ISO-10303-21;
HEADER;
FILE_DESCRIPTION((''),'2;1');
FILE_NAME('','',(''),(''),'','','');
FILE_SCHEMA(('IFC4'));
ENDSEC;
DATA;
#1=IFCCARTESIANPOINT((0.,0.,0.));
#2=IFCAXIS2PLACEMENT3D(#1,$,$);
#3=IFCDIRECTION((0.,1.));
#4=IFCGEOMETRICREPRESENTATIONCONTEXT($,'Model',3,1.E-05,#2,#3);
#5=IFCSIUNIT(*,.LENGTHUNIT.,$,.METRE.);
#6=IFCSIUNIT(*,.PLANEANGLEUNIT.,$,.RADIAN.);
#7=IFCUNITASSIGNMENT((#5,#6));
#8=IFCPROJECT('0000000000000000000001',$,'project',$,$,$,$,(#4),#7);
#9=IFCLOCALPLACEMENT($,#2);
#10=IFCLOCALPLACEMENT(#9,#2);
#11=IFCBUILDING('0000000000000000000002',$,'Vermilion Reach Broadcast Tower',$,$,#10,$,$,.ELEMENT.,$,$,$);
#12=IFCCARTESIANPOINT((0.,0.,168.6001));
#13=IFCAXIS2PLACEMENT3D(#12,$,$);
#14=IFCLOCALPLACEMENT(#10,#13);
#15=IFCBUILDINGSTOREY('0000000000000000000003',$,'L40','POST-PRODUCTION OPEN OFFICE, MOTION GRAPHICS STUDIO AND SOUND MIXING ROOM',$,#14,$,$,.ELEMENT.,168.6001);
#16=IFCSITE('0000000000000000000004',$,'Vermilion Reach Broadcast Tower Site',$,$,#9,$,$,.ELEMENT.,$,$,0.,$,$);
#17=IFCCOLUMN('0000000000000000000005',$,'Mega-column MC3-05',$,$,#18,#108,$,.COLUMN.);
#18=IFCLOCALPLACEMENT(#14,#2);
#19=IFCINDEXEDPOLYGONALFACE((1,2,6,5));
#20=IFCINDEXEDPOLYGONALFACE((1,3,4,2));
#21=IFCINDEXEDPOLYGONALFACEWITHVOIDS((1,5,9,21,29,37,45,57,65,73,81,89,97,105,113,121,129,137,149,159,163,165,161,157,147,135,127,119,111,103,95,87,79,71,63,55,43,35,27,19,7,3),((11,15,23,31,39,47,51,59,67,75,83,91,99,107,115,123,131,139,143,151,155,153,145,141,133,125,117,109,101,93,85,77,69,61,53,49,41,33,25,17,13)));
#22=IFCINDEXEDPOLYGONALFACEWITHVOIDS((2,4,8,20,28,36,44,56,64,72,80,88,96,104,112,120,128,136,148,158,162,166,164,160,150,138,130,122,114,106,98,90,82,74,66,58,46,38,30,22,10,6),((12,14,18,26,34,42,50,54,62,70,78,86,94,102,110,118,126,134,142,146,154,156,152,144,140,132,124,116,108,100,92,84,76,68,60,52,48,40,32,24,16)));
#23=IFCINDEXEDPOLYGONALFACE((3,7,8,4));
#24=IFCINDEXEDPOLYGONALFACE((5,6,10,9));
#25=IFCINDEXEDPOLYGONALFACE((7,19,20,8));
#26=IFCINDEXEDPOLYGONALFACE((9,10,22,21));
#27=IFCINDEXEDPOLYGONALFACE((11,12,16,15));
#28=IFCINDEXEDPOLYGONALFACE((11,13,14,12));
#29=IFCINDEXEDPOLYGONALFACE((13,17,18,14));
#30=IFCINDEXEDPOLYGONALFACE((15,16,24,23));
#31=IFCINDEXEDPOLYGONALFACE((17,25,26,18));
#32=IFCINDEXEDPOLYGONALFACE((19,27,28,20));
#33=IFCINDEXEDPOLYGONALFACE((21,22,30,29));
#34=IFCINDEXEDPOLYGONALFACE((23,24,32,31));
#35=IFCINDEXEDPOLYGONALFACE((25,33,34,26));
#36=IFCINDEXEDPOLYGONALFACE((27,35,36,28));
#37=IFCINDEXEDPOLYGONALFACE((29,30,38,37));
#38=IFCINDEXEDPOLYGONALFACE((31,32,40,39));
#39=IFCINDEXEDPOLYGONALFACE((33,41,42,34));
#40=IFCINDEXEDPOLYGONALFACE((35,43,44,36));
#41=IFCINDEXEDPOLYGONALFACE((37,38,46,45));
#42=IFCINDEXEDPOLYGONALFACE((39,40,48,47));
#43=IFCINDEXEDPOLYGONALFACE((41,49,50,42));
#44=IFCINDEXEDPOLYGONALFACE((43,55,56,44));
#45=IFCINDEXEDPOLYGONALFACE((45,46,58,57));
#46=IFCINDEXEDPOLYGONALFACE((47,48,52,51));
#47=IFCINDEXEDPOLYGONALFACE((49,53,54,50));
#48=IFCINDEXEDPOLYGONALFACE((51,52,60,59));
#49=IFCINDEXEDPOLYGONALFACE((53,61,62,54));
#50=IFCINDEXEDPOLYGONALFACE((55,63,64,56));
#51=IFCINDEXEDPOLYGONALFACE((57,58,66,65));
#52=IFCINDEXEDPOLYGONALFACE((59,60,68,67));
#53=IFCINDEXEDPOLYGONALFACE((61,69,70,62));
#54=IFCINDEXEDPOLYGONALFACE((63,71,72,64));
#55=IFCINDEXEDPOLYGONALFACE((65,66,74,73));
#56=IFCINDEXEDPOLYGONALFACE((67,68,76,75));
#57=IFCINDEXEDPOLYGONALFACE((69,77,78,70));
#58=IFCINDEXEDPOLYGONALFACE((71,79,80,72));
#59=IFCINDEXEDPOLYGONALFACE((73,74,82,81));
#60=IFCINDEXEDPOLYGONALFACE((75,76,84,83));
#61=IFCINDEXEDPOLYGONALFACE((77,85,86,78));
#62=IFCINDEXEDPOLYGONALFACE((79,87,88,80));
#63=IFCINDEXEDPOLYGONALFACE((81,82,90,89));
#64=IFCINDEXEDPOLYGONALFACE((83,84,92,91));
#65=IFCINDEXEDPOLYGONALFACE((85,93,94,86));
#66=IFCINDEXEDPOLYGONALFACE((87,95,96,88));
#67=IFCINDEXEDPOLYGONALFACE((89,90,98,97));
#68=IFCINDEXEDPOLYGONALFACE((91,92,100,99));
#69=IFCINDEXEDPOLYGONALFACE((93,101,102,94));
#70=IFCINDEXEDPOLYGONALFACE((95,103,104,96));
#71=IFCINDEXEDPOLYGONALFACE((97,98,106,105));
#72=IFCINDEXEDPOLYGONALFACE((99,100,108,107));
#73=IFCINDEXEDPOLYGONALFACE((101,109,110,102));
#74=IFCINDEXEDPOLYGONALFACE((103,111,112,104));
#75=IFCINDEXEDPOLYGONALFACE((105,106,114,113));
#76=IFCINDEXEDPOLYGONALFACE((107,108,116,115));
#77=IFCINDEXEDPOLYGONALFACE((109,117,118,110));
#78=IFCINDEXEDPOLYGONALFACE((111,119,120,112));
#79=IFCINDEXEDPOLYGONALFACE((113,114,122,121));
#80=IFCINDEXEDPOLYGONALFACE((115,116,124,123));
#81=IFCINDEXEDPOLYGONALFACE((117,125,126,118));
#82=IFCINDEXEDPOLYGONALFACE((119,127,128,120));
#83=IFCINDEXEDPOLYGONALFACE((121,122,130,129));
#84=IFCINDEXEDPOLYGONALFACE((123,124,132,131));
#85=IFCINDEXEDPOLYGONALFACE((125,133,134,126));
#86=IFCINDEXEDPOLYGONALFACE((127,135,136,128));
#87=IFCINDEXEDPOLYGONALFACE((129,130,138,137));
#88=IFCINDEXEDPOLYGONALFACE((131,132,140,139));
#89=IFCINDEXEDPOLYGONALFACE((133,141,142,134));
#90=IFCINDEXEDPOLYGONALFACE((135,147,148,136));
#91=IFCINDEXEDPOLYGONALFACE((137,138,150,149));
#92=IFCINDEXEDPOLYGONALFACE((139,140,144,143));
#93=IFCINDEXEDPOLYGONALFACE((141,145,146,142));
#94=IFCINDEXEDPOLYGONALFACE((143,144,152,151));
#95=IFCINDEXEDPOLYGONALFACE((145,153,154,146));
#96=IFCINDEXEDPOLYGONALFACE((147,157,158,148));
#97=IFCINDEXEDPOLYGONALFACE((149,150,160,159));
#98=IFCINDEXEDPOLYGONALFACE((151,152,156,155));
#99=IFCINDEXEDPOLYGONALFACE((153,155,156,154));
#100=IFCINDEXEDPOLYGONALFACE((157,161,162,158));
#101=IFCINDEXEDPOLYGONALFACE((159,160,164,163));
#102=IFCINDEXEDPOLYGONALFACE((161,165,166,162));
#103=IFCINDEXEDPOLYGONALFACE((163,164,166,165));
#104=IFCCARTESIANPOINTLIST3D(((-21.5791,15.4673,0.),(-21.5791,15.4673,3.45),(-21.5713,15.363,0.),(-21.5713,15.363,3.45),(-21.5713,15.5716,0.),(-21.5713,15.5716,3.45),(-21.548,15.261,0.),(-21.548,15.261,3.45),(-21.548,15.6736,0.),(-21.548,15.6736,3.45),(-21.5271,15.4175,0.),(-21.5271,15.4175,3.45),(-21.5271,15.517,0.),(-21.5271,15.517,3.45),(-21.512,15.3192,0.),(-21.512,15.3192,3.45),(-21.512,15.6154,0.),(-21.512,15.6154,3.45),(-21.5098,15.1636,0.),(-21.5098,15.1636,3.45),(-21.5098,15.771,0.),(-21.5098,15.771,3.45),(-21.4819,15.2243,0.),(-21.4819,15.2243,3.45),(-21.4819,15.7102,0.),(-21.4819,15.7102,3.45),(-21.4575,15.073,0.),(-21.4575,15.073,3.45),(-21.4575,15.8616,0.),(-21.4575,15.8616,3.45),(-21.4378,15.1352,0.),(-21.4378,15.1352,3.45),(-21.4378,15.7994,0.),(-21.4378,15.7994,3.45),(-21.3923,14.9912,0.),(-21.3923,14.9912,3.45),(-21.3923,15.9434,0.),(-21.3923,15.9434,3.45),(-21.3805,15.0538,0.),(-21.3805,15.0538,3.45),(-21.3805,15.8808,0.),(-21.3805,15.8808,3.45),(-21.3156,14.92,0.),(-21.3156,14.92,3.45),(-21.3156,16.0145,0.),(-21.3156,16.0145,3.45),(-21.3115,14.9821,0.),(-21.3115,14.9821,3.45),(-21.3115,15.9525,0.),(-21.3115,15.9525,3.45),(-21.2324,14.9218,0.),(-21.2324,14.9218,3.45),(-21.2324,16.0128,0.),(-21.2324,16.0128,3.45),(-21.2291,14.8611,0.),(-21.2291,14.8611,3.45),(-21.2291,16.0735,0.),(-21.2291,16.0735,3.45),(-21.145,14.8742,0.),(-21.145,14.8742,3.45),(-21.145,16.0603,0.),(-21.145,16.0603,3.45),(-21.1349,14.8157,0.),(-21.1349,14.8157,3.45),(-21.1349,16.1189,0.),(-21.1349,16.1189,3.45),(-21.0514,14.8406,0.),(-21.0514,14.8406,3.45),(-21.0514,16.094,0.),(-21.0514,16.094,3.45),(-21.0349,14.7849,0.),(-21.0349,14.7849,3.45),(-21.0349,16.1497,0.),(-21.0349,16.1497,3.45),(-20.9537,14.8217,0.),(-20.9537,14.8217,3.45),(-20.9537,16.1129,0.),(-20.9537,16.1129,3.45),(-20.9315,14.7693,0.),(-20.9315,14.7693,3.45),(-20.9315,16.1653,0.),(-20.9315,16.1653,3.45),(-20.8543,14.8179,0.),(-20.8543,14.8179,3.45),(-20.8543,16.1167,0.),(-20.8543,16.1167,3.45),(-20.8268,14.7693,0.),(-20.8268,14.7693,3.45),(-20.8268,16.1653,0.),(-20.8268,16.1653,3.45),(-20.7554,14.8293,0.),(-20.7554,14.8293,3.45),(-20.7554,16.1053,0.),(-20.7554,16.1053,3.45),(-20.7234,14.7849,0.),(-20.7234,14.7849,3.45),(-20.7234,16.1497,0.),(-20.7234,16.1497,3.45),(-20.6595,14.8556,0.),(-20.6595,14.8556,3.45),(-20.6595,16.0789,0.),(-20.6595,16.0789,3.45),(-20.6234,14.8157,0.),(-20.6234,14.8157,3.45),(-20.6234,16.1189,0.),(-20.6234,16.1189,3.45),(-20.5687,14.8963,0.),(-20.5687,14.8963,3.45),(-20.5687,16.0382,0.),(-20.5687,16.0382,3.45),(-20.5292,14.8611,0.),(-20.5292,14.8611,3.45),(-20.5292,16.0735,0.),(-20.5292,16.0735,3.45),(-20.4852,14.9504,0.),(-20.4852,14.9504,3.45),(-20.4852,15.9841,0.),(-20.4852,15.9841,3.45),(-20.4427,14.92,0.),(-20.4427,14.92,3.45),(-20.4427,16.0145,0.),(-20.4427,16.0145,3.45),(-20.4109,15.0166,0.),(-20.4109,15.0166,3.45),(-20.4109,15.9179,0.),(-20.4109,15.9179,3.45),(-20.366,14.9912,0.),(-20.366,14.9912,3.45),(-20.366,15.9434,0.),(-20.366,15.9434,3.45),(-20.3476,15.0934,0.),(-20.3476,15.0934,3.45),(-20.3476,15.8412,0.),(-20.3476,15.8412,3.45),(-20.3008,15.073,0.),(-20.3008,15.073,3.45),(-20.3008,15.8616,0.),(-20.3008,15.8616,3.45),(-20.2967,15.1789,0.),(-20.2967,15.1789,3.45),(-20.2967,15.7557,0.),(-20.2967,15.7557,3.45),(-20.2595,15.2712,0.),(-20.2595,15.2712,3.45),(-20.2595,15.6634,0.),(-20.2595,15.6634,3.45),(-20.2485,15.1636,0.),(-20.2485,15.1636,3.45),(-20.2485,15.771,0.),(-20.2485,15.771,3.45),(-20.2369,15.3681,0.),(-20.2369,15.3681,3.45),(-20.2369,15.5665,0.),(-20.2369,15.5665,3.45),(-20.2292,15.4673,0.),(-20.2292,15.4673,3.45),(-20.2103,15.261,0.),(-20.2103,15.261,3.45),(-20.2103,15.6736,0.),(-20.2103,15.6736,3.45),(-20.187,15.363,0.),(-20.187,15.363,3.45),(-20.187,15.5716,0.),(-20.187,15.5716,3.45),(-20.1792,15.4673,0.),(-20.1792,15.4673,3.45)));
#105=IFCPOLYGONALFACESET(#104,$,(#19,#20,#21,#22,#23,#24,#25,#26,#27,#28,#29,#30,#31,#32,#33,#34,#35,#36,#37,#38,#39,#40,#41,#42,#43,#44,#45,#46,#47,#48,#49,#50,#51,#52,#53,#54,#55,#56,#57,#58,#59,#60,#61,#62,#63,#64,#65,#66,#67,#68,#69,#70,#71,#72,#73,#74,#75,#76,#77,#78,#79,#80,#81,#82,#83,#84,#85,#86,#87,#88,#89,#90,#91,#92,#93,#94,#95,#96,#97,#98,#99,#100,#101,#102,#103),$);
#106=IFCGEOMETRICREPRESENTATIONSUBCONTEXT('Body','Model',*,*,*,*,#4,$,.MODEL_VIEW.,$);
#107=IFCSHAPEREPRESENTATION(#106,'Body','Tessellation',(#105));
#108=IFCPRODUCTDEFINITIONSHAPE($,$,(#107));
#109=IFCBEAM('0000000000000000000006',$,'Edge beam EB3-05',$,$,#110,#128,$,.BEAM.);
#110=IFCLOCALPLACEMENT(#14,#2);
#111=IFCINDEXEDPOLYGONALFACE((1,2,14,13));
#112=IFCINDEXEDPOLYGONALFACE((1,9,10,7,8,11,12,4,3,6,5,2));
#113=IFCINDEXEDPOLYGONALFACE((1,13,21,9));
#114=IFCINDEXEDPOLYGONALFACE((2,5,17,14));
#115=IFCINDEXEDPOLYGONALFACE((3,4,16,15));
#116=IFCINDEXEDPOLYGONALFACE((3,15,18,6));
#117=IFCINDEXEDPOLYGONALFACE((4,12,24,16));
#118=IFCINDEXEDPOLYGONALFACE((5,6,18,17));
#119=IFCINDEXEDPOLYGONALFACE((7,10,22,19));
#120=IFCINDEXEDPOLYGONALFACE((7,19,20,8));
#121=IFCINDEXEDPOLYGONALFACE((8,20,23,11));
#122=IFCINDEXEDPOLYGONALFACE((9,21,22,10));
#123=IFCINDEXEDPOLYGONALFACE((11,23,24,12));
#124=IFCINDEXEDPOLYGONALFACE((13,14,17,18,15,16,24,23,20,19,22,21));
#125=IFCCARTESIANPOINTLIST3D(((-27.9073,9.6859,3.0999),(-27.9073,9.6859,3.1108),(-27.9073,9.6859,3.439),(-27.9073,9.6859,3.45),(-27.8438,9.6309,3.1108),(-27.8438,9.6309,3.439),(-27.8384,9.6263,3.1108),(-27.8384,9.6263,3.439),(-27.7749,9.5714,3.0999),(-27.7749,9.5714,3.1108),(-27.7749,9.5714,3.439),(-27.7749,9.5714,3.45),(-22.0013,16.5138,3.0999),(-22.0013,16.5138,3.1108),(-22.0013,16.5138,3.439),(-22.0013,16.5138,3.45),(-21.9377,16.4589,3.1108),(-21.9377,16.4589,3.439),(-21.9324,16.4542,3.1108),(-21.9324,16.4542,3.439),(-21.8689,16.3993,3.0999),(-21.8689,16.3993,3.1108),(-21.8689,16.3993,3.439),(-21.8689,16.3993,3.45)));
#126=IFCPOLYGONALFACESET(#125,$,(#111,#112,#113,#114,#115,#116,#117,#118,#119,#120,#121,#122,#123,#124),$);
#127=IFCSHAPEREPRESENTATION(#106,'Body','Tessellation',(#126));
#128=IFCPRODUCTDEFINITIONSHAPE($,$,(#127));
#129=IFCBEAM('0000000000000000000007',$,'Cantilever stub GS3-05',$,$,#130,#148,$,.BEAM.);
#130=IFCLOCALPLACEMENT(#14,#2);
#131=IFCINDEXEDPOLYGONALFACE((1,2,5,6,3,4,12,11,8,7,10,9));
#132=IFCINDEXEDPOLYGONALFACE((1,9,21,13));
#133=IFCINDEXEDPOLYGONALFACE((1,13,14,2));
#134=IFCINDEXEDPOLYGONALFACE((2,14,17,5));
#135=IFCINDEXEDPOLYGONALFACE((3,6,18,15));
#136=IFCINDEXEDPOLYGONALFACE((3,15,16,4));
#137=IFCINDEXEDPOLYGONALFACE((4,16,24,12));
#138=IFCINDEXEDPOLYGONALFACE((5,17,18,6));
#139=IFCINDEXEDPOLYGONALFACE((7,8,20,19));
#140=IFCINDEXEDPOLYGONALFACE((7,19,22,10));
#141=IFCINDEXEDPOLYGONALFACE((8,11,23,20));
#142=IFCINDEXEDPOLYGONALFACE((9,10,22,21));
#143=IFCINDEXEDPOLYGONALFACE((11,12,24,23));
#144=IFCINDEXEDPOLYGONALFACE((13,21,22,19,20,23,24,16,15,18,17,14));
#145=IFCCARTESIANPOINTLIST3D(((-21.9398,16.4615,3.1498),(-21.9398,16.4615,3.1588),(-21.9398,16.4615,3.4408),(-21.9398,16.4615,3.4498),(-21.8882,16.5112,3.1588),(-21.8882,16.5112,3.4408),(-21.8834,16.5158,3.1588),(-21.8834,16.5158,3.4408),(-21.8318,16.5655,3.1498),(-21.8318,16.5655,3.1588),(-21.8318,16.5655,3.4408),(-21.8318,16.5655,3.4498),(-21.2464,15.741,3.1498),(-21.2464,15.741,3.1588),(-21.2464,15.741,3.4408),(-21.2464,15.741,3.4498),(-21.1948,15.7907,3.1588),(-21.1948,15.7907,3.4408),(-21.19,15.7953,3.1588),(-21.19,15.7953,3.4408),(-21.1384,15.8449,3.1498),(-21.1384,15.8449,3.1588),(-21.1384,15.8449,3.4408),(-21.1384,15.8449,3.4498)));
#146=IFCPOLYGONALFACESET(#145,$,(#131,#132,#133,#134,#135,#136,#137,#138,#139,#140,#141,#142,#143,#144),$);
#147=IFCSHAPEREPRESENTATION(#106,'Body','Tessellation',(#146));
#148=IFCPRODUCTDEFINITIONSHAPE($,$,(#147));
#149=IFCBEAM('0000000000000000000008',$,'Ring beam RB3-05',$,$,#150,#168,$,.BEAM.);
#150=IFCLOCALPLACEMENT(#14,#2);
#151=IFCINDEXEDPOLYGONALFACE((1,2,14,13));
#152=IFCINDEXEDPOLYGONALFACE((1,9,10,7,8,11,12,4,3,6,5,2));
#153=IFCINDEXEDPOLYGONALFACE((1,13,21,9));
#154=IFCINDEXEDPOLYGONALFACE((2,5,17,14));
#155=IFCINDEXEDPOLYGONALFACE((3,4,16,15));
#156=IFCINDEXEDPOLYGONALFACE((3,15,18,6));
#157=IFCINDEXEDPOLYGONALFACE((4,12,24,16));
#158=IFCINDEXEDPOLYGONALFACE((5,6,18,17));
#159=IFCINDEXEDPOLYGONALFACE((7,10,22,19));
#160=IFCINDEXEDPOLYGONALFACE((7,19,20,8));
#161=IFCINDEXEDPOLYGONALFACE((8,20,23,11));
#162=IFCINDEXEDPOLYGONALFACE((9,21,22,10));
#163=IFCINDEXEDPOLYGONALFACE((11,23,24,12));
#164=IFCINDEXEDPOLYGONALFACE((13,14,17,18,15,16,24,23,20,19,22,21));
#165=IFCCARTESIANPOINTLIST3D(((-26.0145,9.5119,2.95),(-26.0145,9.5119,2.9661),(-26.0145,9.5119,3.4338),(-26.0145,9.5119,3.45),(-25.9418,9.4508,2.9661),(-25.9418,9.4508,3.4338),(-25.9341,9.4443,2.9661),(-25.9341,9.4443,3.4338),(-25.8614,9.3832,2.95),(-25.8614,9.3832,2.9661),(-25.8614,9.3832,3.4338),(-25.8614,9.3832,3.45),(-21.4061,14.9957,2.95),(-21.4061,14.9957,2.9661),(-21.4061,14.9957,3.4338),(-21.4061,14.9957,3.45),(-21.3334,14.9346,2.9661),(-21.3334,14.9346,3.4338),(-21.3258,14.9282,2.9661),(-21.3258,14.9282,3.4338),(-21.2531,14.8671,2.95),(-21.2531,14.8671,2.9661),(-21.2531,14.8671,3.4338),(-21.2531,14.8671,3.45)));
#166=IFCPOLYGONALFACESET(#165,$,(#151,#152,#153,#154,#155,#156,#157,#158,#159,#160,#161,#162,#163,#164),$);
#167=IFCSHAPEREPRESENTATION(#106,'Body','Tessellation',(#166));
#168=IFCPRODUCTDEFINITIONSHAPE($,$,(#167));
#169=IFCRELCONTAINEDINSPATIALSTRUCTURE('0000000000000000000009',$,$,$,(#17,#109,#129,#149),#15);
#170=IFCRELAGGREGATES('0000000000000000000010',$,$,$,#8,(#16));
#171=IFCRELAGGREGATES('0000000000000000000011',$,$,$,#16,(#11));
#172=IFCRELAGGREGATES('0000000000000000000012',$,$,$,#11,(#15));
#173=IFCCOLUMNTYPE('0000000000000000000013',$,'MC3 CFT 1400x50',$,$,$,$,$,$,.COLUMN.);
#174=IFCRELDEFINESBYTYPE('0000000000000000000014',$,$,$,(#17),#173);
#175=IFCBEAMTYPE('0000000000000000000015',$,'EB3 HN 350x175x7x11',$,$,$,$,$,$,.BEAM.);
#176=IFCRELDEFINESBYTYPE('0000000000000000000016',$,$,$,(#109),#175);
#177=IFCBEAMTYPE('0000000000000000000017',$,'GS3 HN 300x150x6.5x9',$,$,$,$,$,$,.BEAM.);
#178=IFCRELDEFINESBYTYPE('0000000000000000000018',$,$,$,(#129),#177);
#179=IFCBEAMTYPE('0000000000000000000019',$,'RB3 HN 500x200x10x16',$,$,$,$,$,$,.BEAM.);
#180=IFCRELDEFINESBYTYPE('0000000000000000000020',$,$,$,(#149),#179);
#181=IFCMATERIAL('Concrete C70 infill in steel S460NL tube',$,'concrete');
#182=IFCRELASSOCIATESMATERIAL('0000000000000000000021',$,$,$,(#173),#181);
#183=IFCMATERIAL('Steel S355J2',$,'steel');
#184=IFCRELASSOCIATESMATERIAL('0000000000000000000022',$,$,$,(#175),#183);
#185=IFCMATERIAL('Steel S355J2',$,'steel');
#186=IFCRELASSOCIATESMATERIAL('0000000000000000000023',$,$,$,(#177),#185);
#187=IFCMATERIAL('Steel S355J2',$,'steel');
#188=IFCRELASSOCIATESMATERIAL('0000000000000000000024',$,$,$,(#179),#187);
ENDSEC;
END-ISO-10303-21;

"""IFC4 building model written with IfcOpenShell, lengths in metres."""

from ifc_helpers import new_model, si_unit, direction, frame, origin, origin_2d, place, context, subcontext, project, spatial, hollow_circle, i_section, extrude, material, material_profile, profile_set, type_object, element, save


model = new_model("IFC4")

# Units and contexts
model_context = context("Model", 3, precision=1e-05, world=origin(), true_north=direction((0.0, 1.0)))
body_context = subcontext(model_context, "Body", "Model", "MODEL_VIEW")
ifc_project = project(units=[si_unit("LENGTHUNIT", "METRE"), si_unit("PLANEANGLEUNIT", "RADIAN")], contexts=[model_context])

# Site, building, storey
site_placement = place(None, origin())
site = spatial("IfcSite", under=ifc_project, at=site_placement, Name="Vermilion Reach Broadcast Tower Site", CompositionType="ELEMENT", RefElevation=0.0)
building_placement = place(site_placement, origin())
building = spatial("IfcBuilding", under=site, at=building_placement, Name="Vermilion Reach Broadcast Tower", CompositionType="ELEMENT")
storey_placement = place(building_placement, frame((0.0, 0.0, 168.6001)))
storey = spatial("IfcBuildingStorey", under=building, at=storey_placement, Name="L40", Description="POST-PRODUCTION OPEN OFFICE, MOTION GRAPHICS STUDIO AND SOUND MIXING ROOM", CompositionType="ELEMENT", Elevation=168.6001)

# Column
ifc_material_1 = material(Name="Concrete C70 infill in steel S460NL tube", Category="concrete")
ifc_material_profile_1 = material_profile(ifc_material_1, hollow_circle(Radius=0.7, WallThickness=0.05, at=origin_2d()), Name="Concrete C70 infill in steel S460NL tube CFT 1400x50")
ifc_profile_set_1 = profile_set([ifc_material_profile_1], Name="Concrete C70 infill in steel S460NL tube")
column_type = type_object("IfcColumnType", Name="MC3 CFT 1400x50", PredefinedType="COLUMN", material=ifc_profile_set_1)
column_placement = place(storey_placement, frame((-20.8792, 15.4673, 0.0), z_axis=(0.0, 0.0, 1.0), x_axis=(1.0, 0.0, 0.0)))
element("IfcColumn", 1, at=column_placement, inside=storey, type_object=column_type, Name="Mega-column MC3-05", PredefinedType="COLUMN", context=body_context, shape_type="SweptSolid", body=[
    extrude(hollow_circle(Radius=0.7, WallThickness=0.05, at=origin_2d()), origin(), (0.0, 0.0, 1.0), 3.45),
])

# Beams
ifc_material_2 = material(Name="Steel S355J2", Category="steel")
ifc_material_profile_2 = material_profile(ifc_material_2, i_section(OverallWidth=0.175, OverallDepth=0.3501, WebThickness=0.0071, FlangeThickness=0.011, at=origin_2d()), Name="S355J2 HN 350x175x7x11")
ifc_profile_set_2 = profile_set([ifc_material_profile_2], Name="Steel S355J2")
beam_type_1 = type_object("IfcBeamType", Name="EB3 HN 350x175x7x11", PredefinedType="BEAM", material=ifc_profile_set_2)
beam_1_placement = place(storey_placement, frame((-21.9351, 16.4565, 3.2749), z_axis=(-0.654203, -0.756319, 0.0), x_axis=(0.756319, -0.654203, 0.0)))
element("IfcBeam", 2, at=beam_1_placement, inside=storey, type_object=beam_type_1, Name="Edge beam EB3-05", PredefinedType="BEAM", context=body_context, shape_type="SweptSolid", body=[
    extrude(i_section(OverallWidth=0.175, OverallDepth=0.3501, WebThickness=0.0071, FlangeThickness=0.011, at=origin_2d()), origin(), (0.0, 0.0, 1.0), 9.0278),
])
ifc_material_3 = material(Name="Steel S355J2", Category="steel")
ifc_material_profile_3 = material_profile(ifc_material_3, i_section(OverallWidth=0.1499, OverallDepth=0.3, WebThickness=0.0066, FlangeThickness=0.009, at=origin_2d()), Name="S355J2 HN 300x150x6.5x9")
ifc_profile_set_3 = profile_set([ifc_material_profile_3], Name="Steel S355J2")
beam_type_2 = type_object("IfcBeamType", Name="GS3 HN 300x150x6.5x9", PredefinedType="BEAM", material=ifc_profile_set_3)
beam_2_placement = place(storey_placement, frame((-21.1924, 15.793, 3.2998), z_axis=(-0.693426, 0.720528, 0.0), x_axis=(-0.720528, -0.693426, 0.0)))
element("IfcBeam", 3, at=beam_2_placement, inside=storey, type_object=beam_type_2, Name="Cantilever stub GS3-05", PredefinedType="BEAM", context=body_context, shape_type="SweptSolid", body=[
    extrude(i_section(OverallWidth=0.1499, OverallDepth=0.3, WebThickness=0.0066, FlangeThickness=0.009, at=origin_2d()), origin(), (0.0, 0.0, 1.0), 1.0),
])
ifc_material_4 = material(Name="Steel S355J2", Category="steel")
ifc_material_profile_4 = material_profile(ifc_material_4, i_section(OverallWidth=0.2, OverallDepth=0.5, WebThickness=0.01, FlangeThickness=0.0161, at=origin_2d()), Name="S355J2 HN 500x200x10x16")
ifc_profile_set_4 = profile_set([ifc_material_profile_4], Name="Steel S355J2")
beam_type_3 = type_object("IfcBeamType", Name="RB3 HN 500x200x10x16", PredefinedType="BEAM", material=ifc_profile_set_4)
beam_3_placement = place(storey_placement, frame((-21.3296, 14.9314, 3.2), z_axis=(-0.64335, -0.765572, 0.0), x_axis=(0.765572, -0.64335, 0.0)))
element("IfcBeam", 4, at=beam_3_placement, inside=storey, type_object=beam_type_3, Name="Ring beam RB3-05", PredefinedType="BEAM", context=body_context, shape_type="SweptSolid", body=[
    extrude(i_section(OverallWidth=0.2, OverallDepth=0.5, WebThickness=0.01, FlangeThickness=0.0161, at=origin_2d()), origin(), (0.0, 0.0, 1.0), 7.1631),
])

save(model, "model.ifc")
